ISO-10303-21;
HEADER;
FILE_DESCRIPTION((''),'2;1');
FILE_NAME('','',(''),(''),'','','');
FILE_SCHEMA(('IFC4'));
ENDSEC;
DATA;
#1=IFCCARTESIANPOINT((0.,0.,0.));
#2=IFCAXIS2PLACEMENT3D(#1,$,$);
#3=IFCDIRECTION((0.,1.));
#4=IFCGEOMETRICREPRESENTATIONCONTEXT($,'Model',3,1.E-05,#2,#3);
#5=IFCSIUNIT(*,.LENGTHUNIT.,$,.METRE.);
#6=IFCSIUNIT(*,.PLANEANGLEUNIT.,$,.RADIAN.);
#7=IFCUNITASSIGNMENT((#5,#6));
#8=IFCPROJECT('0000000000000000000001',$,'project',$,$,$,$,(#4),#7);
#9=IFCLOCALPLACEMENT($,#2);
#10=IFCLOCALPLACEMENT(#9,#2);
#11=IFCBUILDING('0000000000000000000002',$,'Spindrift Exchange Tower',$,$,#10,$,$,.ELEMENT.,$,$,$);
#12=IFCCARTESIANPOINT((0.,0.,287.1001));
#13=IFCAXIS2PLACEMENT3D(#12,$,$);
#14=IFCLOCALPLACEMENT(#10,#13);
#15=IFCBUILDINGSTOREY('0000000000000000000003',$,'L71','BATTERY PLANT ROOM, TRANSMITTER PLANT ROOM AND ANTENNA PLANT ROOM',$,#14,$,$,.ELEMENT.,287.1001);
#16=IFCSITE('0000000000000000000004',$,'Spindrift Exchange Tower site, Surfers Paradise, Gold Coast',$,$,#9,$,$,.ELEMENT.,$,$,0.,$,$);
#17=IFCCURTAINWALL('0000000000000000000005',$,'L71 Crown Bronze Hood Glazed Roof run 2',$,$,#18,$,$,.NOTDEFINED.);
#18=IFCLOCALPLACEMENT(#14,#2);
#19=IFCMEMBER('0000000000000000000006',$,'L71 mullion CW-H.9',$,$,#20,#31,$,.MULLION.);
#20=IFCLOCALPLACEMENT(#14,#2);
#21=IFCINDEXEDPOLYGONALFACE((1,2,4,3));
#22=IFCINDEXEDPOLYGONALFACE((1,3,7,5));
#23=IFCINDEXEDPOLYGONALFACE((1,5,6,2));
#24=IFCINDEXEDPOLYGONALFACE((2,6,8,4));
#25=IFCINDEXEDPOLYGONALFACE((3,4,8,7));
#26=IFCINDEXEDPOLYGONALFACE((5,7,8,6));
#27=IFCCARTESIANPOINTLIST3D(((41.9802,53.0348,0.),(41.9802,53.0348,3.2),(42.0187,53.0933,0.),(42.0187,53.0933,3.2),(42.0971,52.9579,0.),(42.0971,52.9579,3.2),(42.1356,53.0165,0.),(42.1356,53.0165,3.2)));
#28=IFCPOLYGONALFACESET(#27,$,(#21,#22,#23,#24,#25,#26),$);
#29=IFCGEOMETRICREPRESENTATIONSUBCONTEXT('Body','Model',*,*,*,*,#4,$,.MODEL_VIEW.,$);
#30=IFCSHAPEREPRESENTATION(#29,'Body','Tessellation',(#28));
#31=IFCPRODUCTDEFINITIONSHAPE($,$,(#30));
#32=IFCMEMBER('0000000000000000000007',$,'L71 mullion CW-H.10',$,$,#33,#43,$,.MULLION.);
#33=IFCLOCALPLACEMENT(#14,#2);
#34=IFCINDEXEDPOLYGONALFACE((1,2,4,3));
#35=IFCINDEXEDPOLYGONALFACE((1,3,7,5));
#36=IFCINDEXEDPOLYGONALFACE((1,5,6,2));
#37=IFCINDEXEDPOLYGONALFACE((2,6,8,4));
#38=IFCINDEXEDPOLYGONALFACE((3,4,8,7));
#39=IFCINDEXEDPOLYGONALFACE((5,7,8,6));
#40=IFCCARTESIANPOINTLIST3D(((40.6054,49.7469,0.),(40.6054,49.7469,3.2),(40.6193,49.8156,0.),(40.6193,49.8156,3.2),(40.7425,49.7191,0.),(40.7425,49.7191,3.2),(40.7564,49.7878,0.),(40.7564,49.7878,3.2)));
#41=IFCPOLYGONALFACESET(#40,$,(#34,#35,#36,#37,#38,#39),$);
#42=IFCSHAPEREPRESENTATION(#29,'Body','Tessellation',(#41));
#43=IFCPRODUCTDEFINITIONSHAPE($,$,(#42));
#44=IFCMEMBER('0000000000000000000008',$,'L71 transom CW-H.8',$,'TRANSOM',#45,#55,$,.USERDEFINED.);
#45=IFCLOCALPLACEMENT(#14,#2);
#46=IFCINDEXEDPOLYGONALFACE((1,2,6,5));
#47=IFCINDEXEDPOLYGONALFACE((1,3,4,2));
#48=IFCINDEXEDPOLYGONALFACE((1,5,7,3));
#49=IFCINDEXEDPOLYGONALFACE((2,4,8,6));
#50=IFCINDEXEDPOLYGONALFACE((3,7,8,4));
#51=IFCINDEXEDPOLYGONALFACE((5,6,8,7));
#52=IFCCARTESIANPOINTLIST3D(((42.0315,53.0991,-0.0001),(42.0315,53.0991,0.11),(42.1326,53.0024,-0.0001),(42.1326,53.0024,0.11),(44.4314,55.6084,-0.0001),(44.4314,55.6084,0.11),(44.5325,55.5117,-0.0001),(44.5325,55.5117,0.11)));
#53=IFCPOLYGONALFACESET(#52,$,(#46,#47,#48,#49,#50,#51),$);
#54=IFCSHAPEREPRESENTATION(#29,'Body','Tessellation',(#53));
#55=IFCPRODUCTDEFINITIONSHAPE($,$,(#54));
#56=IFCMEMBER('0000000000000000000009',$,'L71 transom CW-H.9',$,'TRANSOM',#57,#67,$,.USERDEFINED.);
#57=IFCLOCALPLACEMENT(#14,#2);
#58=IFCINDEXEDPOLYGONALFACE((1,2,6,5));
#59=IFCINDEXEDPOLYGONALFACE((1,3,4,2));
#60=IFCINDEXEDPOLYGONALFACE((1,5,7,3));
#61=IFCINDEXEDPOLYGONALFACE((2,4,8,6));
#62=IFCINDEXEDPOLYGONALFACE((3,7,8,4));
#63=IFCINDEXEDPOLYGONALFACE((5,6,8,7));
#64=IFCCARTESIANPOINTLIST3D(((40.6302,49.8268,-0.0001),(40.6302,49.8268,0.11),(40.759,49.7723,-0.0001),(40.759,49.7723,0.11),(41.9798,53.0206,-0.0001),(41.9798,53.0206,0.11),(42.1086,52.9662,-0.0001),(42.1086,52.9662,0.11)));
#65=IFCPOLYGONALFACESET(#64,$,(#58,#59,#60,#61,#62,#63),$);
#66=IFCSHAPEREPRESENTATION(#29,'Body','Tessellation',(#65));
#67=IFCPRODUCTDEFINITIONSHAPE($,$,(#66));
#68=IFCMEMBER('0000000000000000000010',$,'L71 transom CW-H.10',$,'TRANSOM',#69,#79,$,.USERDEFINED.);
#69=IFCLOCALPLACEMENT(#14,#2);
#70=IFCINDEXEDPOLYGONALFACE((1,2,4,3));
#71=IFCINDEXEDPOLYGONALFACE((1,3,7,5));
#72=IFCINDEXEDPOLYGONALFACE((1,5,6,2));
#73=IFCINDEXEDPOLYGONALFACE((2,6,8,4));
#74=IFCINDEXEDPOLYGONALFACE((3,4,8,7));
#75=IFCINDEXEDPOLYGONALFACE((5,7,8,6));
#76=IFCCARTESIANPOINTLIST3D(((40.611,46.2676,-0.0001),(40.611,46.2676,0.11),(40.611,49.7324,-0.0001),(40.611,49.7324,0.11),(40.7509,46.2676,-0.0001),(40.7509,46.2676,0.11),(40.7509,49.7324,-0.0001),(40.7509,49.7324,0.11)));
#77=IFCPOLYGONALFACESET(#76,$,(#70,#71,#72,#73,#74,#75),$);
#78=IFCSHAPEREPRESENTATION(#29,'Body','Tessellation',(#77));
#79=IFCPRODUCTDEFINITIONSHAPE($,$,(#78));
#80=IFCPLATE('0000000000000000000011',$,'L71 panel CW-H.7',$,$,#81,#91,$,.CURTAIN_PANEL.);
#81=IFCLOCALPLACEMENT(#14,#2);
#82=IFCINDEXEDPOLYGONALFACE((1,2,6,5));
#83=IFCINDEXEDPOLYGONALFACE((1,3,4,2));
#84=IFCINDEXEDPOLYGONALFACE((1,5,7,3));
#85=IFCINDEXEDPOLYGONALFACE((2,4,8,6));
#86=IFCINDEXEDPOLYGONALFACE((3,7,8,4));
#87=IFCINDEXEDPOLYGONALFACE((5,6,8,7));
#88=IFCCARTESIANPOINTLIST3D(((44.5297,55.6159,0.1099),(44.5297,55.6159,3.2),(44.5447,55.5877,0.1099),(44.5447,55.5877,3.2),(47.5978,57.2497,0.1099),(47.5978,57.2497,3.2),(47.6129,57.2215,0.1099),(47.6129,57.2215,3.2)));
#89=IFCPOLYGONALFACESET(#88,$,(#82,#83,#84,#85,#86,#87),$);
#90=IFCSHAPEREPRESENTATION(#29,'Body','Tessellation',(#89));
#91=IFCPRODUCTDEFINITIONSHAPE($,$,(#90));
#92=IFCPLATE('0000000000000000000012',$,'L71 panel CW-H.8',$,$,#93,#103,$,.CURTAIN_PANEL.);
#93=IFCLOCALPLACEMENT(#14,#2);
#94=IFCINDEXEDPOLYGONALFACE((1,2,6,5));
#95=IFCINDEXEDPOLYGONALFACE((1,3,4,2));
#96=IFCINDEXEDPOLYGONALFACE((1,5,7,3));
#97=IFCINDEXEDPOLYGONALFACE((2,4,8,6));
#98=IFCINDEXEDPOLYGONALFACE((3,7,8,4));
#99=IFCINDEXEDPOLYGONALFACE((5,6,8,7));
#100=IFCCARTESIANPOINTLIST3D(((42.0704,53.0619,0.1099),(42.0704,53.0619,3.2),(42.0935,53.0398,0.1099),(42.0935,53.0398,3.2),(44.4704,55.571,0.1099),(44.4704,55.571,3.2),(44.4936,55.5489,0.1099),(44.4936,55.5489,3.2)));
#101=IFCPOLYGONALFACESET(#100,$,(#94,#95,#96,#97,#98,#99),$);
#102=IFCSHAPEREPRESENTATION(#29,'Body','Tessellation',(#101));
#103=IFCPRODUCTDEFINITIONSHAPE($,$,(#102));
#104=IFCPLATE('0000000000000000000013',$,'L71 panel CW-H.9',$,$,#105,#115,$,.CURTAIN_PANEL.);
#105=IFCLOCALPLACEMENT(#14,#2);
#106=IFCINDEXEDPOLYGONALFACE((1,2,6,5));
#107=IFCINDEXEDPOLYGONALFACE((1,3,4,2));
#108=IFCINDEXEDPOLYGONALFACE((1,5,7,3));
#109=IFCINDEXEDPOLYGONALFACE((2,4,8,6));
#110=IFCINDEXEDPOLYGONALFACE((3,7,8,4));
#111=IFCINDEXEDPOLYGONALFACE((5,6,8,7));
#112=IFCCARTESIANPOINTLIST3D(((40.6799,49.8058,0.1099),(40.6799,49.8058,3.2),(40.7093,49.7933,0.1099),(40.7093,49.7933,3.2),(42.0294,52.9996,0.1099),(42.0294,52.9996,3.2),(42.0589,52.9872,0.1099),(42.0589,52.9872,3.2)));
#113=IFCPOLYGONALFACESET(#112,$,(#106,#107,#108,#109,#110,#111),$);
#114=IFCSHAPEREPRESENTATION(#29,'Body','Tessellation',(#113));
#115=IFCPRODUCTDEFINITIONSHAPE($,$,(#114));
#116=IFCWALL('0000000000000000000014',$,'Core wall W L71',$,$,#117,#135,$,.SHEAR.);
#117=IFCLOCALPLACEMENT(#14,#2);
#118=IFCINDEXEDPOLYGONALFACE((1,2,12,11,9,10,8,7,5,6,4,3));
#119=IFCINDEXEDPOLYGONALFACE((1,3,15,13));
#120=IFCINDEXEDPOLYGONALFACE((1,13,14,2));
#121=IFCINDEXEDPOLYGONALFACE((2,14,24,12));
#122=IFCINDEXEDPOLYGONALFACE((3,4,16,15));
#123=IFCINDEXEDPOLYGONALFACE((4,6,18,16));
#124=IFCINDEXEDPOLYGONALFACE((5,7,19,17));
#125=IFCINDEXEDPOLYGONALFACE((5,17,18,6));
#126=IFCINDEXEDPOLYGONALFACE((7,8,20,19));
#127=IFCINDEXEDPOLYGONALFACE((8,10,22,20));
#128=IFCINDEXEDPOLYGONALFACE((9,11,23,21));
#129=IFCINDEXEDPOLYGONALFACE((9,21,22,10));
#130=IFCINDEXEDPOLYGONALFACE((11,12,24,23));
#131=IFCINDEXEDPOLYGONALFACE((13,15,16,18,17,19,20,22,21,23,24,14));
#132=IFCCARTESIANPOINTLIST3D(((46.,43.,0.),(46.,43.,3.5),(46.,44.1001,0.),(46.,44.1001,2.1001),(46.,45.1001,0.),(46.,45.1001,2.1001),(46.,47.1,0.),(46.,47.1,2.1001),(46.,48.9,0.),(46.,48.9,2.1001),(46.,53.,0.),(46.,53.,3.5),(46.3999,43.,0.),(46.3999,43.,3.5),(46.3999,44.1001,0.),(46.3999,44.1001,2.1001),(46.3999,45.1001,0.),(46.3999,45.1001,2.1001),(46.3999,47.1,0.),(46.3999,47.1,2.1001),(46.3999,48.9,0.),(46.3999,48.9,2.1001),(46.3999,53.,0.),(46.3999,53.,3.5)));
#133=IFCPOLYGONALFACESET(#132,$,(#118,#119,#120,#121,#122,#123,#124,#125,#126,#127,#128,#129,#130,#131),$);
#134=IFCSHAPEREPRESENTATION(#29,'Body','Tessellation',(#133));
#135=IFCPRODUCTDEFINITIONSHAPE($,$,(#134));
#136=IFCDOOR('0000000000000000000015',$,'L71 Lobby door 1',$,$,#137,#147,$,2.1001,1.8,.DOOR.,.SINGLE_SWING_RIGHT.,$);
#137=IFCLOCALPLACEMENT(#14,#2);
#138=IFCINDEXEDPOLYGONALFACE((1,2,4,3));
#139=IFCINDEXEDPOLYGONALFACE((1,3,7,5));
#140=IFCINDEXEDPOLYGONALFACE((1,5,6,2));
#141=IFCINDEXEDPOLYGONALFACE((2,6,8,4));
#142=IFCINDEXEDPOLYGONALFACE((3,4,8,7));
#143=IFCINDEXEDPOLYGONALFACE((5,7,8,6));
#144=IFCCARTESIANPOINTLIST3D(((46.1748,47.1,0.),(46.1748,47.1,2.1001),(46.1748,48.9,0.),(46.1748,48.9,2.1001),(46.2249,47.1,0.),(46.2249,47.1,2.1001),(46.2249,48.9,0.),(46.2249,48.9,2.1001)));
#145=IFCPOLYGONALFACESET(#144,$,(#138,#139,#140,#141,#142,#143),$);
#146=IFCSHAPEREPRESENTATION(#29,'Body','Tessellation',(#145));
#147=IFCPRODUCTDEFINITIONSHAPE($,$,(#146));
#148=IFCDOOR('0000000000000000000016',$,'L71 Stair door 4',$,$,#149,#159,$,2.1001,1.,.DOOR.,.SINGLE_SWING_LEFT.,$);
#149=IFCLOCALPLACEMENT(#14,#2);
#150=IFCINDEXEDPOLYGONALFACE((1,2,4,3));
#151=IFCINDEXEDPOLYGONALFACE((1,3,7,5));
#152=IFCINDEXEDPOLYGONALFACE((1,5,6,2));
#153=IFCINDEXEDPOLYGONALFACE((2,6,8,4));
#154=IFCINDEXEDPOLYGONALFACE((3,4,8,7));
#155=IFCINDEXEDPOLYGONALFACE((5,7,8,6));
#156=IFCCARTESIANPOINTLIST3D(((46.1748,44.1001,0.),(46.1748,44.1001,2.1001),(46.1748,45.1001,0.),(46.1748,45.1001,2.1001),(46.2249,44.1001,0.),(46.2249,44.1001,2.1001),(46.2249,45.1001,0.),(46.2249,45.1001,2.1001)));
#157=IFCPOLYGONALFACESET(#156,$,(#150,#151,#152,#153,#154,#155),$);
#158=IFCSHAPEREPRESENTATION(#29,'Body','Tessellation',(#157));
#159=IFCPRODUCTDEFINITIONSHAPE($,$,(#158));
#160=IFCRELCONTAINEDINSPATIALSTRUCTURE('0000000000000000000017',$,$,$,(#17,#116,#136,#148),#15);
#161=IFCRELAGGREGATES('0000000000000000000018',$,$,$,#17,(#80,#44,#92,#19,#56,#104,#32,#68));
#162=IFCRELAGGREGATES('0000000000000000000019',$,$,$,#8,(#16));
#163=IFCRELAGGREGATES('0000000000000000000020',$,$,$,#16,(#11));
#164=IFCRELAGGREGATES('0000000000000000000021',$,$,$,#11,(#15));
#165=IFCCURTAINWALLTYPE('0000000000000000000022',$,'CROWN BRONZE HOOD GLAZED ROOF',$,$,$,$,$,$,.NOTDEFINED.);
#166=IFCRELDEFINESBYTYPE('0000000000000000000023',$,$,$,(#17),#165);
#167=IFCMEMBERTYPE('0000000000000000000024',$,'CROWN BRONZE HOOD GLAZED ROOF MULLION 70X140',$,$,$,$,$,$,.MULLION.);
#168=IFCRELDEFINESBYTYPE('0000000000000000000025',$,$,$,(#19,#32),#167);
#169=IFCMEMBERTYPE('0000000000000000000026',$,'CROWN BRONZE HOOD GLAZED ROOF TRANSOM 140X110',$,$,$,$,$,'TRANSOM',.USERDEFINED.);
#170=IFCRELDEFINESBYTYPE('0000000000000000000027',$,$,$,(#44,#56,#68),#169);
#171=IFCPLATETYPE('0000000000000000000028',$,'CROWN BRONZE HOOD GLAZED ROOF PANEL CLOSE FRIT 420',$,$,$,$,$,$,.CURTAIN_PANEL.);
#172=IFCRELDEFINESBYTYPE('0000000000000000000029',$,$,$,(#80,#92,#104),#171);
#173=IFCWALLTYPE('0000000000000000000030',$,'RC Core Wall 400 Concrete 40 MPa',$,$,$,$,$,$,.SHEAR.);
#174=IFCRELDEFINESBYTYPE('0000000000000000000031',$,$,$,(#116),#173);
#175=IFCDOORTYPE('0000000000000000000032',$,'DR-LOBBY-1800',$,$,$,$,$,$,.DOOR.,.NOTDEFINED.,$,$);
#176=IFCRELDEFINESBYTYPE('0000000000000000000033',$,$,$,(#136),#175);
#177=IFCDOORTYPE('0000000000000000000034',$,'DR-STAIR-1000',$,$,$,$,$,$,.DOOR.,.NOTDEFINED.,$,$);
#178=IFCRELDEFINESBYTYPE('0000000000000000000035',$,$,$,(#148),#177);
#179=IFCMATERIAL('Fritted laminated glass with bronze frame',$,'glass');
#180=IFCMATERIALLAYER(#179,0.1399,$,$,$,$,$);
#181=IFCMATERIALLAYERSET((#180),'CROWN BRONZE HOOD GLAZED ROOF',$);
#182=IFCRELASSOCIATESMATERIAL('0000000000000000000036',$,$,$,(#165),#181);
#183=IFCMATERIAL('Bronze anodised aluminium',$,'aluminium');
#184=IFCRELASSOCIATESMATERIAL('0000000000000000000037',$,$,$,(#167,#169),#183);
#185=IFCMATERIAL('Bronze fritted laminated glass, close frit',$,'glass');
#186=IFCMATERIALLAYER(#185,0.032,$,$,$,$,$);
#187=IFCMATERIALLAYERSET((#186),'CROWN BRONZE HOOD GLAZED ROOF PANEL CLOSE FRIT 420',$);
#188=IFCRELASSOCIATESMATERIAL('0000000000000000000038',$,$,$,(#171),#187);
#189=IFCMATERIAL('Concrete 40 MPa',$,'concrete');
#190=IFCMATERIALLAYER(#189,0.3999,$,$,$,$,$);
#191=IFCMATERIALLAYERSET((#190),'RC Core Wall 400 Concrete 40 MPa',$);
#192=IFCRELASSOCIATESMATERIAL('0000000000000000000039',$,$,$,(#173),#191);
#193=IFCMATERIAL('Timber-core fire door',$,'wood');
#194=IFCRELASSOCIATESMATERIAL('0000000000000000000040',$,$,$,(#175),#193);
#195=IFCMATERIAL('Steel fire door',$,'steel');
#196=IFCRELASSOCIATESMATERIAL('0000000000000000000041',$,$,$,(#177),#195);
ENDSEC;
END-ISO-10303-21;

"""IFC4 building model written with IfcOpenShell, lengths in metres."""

from ifc_helpers import new_model, si_unit, direction, frame, frame_2d, origin, origin_2d, place, context, subcontext, project, spatial, rectangle, extrude, source, transform, mapped, material, layer, layer_set, material_profile, profile_set, type_object, element, fill, aggregate, save


model = new_model("IFC4")

# Units and contexts
model_context = context("Model", 3, precision=1e-05, world=origin(), true_north=direction((0.0, 1.0)))
body_context = subcontext(model_context, "Body", "Model", "MODEL_VIEW")
ifc_project = project(units=[si_unit("LENGTHUNIT", "METRE"), si_unit("PLANEANGLEUNIT", "RADIAN")], contexts=[model_context])

# Site, building, storey
site_placement = place(None, origin())
site = spatial("IfcSite", under=ifc_project, at=site_placement, Name="Spindrift Exchange Tower site, Surfers Paradise, Gold Coast", CompositionType="ELEMENT", RefElevation=0.0)
building_placement = place(site_placement, origin())
building = spatial("IfcBuilding", under=site, at=building_placement, Name="Spindrift Exchange Tower", CompositionType="ELEMENT")
storey_placement = place(building_placement, frame((0.0, 0.0, 287.1001)))
storey = spatial("IfcBuildingStorey", under=building, at=storey_placement, Name="L71", Description="BATTERY PLANT ROOM, TRANSMITTER PLANT ROOM AND ANTENNA PLANT ROOM", CompositionType="ELEMENT", Elevation=287.1001)

# Shared definitions
ifc_material_1 = material(Name="Concrete 40 MPa", Category="concrete")

# Curtain wall, members, plates
ifc_material_2 = material(Name="Fritted laminated glass with bronze frame", Category="glass")
ifc_layer_1 = layer(ifc_material_2, 0.1399)
ifc_layer_set_1 = layer_set([ifc_layer_1], Name="CROWN BRONZE HOOD GLAZED ROOF")
curtain_wall_type = type_object("IfcCurtainWallType", Name="CROWN BRONZE HOOD GLAZED ROOF", PredefinedType="NOTDEFINED", material=ifc_layer_set_1)
curtain_wall_placement = place(storey_placement, origin())
curtain_wall = element("IfcCurtainWall", 1, at=curtain_wall_placement, inside=storey, type_object=curtain_wall_type, Name="L71 Crown Bronze Hood Glazed Roof run 2", PredefinedType="NOTDEFINED")
ifc_material_3 = material(Name="Bronze anodised aluminium", Category="aluminium")
ifc_material_profile_1 = material_profile(ifc_material_3, rectangle(XDim=0.0701, YDim=0.1399, at=origin_2d()), Name="CROWN BRONZE HOOD GLAZED ROOF MULLION 70X140")
ifc_profile_set_1 = profile_set([ifc_material_profile_1], Name="Bronze anodised aluminium")
member_type_1 = type_object("IfcMemberType", Name="CROWN BRONZE HOOD GLAZED ROOF MULLION 70X140", PredefinedType="MULLION", material=ifc_profile_set_1)
shared_shape_1 = source(origin(), body_context, "Body", "SweptSolid", [
    extrude(rectangle(XDim=0.0701, YDim=0.1399, at=origin_2d()), origin(), (0.0, 0.0, 1.0), 3.2),
])
member_1_placement = place(storey_placement, frame((42.0579, 53.0256, 0.0), z_axis=(0.0, 0.0, 1.0), x_axis=(-0.549267, -0.835647, 0.0)))
member_1 = element("IfcMember", 2, at=member_1_placement, type_object=member_type_1, Name="L71 mullion CW-H.9", PredefinedType="MULLION", context=body_context, shape_type="MappedRepresentation", body=[
    mapped(shared_shape_1, transform((0.0, 0.0, 0.0), scale=1.0)),
])
member_2_placement = place(storey_placement, frame((40.6809, 49.7673, 0.0), z_axis=(0.0, 0.0, 1.0), x_axis=(-0.198569, -0.980087, 0.0)))
member_2 = element("IfcMember", 3, at=member_2_placement, type_object=member_type_1, Name="L71 mullion CW-H.10", PredefinedType="MULLION", context=body_context, shape_type="MappedRepresentation", body=[
    mapped(shared_shape_1, transform((0.0, 0.0, 0.0), scale=1.0)),
])
ifc_material_profile_2 = material_profile(ifc_material_3, rectangle(XDim=0.1399, YDim=0.1101, at=origin_2d()), Name="CROWN BRONZE HOOD GLAZED ROOF TRANSOM 140X110")
ifc_profile_set_2 = profile_set([ifc_material_profile_2], Name="Bronze anodised aluminium")
member_type_2 = type_object("IfcMemberType", Name="CROWN BRONZE HOOD GLAZED ROOF TRANSOM 140X110", ElementType="TRANSOM", PredefinedType="USERDEFINED", material=ifc_profile_set_2)
shared_shape_2 = source(origin(), body_context, "Body", "SweptSolid", [
    extrude(rectangle(XDim=0.1399, YDim=0.1101, at=origin_2d()), origin(), (0.0, 0.0, 1.0), 3.4722),
])
member_3_placement = place(storey_placement, frame((44.4819, 55.5601, 0.0549), z_axis=(-0.691181, -0.722682, 0.0), x_axis=(0.722682, -0.691181, 0.0)))
member_3 = element("IfcMember", 4, at=member_3_placement, type_object=member_type_2, Name="L71 transom CW-H.8", ObjectType="TRANSOM", PredefinedType="USERDEFINED", context=body_context, shape_type="MappedRepresentation", body=[
    mapped(shared_shape_2, transform((0.0, 0.0, 0.0), scale=1.0)),
])
shared_shape_3 = source(origin(), body_context, "Body", "SweptSolid", [
    extrude(rectangle(XDim=0.1399, YDim=0.1101, at=origin_2d()), origin(), (0.0, 0.0, 1.0), 3.4673),
])
member_4_placement = place(storey_placement, frame((42.0442, 52.9934, 0.0549), z_axis=(-0.38924, -0.921136, 0.0), x_axis=(0.921136, -0.38924, 0.0)))
member_4 = element("IfcMember", 5, at=member_4_placement, type_object=member_type_2, Name="L71 transom CW-H.9", ObjectType="TRANSOM", PredefinedType="USERDEFINED", context=body_context, shape_type="MappedRepresentation", body=[
    mapped(shared_shape_3, transform((0.0, 0.0, 0.0), scale=1.0)),
])
shared_shape_4 = source(origin(), body_context, "Body", "SweptSolid", [
    extrude(rectangle(XDim=0.1399, YDim=0.1101, at=origin_2d()), origin(), (0.0, 0.0, 1.0), 3.4648),
])
member_5_placement = place(storey_placement, frame((40.6809, 49.7324, 0.0549), z_axis=(0.0, -1.0, 0.0), x_axis=(1.0, 0.0, 0.0)))
member_5 = element("IfcMember", 6, at=member_5_placement, type_object=member_type_2, Name="L71 transom CW-H.10", ObjectType="TRANSOM", PredefinedType="USERDEFINED", context=body_context, shape_type="MappedRepresentation", body=[
    mapped(shared_shape_4, transform((0.0, 0.0, 0.0), scale=1.0)),
])
ifc_material_4 = material(Name="Bronze fritted laminated glass, close frit", Category="glass")
ifc_layer_2 = layer(ifc_material_4, 0.032)
ifc_layer_set_2 = layer_set([ifc_layer_2], Name="CROWN BRONZE HOOD GLAZED ROOF PANEL CLOSE FRIT 420")
plate_type = type_object("IfcPlateType", Name="CROWN BRONZE HOOD GLAZED ROOF PANEL CLOSE FRIT 420", PredefinedType="CURTAIN_PANEL", material=ifc_layer_set_2)
shared_shape_5 = source(origin(), body_context, "Body", "SweptSolid", [
    extrude(rectangle(XDim=3.4761, YDim=0.032, at=origin_2d()), origin(), (0.0, 0.0, 1.0), 3.0901),
])
plate_1_placement = place(storey_placement, frame((46.0713, 56.4187, 0.1099), z_axis=(0.0, 0.0, 1.0), x_axis=(-0.882649, -0.470032, 0.0)))
plate_1 = element("IfcPlate", 7, at=plate_1_placement, type_object=plate_type, Name="L71 panel CW-H.7", PredefinedType="CURTAIN_PANEL", context=body_context, shape_type="MappedRepresentation", body=[
    mapped(shared_shape_5, transform((0.0, 0.0, 0.0), scale=1.0)),
])
shared_shape_6 = source(origin(), body_context, "Body", "SweptSolid", [
    extrude(rectangle(XDim=3.4722, YDim=0.032, at=origin_2d()), origin(), (0.0, 0.0, 1.0), 3.0901),
])
plate_2_placement = place(storey_placement, frame((43.282, 54.3054, 0.1099), z_axis=(0.0, 0.0, 1.0), x_axis=(-0.691222, -0.722643, 0.0)))
plate_2 = element("IfcPlate", 8, at=plate_2_placement, type_object=plate_type, Name="L71 panel CW-H.8", PredefinedType="CURTAIN_PANEL", context=body_context, shape_type="MappedRepresentation", body=[
    mapped(shared_shape_6, transform((0.0, 0.0, 0.0), scale=1.0)),
])
shared_shape_7 = source(origin(), body_context, "Body", "SweptSolid", [
    extrude(rectangle(XDim=3.4673, YDim=0.032, at=origin_2d()), origin(), (0.0, 0.0, 1.0), 3.0901),
])
plate_3_placement = place(storey_placement, frame((41.3694, 51.3965, 0.1099), z_axis=(0.0, 0.0, 1.0), x_axis=(-0.38923, -0.921141, 0.0)))
plate_3 = element("IfcPlate", 9, at=plate_3_placement, type_object=plate_type, Name="L71 panel CW-H.9", PredefinedType="CURTAIN_PANEL", context=body_context, shape_type="MappedRepresentation", body=[
    mapped(shared_shape_7, transform((0.0, 0.0, 0.0), scale=1.0)),
])
aggregate(curtain_wall, [plate_1, member_3, plate_2, member_1, member_4, plate_3, member_2, member_5])

# Wall, openings, doors
ifc_layer_3 = layer(ifc_material_1, 0.3999)
ifc_layer_set_3 = layer_set([ifc_layer_3], Name="RC Core Wall 400 Concrete 40 MPa")
wall_type_1 = type_object("IfcWallType", Name="RC Core Wall 400 Concrete 40 MPa", PredefinedType="SHEAR", material=ifc_layer_set_3)
wall_1_placement = place(storey_placement, frame((46.2, 53.0, 0.0), z_axis=(0.0, 0.0, 1.0), x_axis=(0.0, -1.0, 0.0)))
wall_1 = element("IfcWall", 10, at=wall_1_placement, inside=storey, type_object=wall_type_1, Name="Core wall W L71", PredefinedType="SHEAR", context=body_context, shape_type="SweptSolid", body=[
    extrude(rectangle(XDim=10.0, YDim=0.3999, at=frame_2d((5.0, 0.0))), origin(), (0.0, 0.0, 1.0), 3.5),
])
opening_1_placement = place(wall_1_placement, frame((4.1001, 0.0, 0.0)))
opening_1 = element("IfcOpeningElement", 11, at=opening_1_placement, cuts=wall_1, PredefinedType="OPENING", context=body_context, shape_type="SweptSolid", body=[
    extrude(rectangle(XDim=1.8, YDim=2.1001, at=frame_2d((0.8999, 1.05))), frame((0.0, 0.21, 0.0), z_axis=(0.0, -1.0, 0.0), x_axis=(1.0, 0.0, 0.0)), (0.0, 0.0, 1.0), 0.4199),
])
opening_2_placement = place(wall_1_placement, frame((7.8999, 0.0, 0.0)))
opening_2 = element("IfcOpeningElement", 12, at=opening_2_placement, cuts=wall_1, PredefinedType="OPENING", context=body_context, shape_type="SweptSolid", body=[
    extrude(rectangle(XDim=1.0, YDim=2.1001, at=frame_2d((0.5, 1.05))), frame((0.0, 0.21, 0.0), z_axis=(0.0, -1.0, 0.0), x_axis=(1.0, 0.0, 0.0)), (0.0, 0.0, 1.0), 0.4199),
])
ifc_material_5 = material(Name="Timber-core fire door", Category="wood")
door_type_1 = type_object("IfcDoorType", Name="DR-LOBBY-1800", OperationType="NOTDEFINED", PredefinedType="DOOR", material=ifc_material_5)
shared_shape_8 = source(origin(), body_context, "Body", "SweptSolid", [
    extrude(rectangle(XDim=1.8, YDim=2.1001, at=frame_2d((0.8999, 1.05))), frame((0.0, 0.0249, 0.0), z_axis=(0.0, -1.0, 0.0), x_axis=(1.0, 0.0, 0.0)), (0.0, 0.0, 1.0), 0.05),
])
door_1_placement = place(opening_1_placement, origin())
door_1 = element("IfcDoor", 13, at=door_1_placement, inside=storey, type_object=door_type_1, Name="L71 Lobby door 1", OperationType="SINGLE_SWING_RIGHT", OverallHeight=2.1001, OverallWidth=1.8, PredefinedType="DOOR", context=body_context, shape_type="MappedRepresentation", body=[
    mapped(shared_shape_8, transform((0.0, 0.0, 0.0), scale=1.0)),
])
fill(opening_1, door_1)
ifc_material_6 = material(Name="Steel fire door", Category="steel")
door_type_2 = type_object("IfcDoorType", Name="DR-STAIR-1000", OperationType="NOTDEFINED", PredefinedType="DOOR", material=ifc_material_6)
shared_shape_9 = source(origin(), body_context, "Body", "SweptSolid", [
    extrude(rectangle(XDim=1.0, YDim=2.1001, at=frame_2d((0.5, 1.05))), frame((0.0, 0.0249, 0.0), z_axis=(0.0, -1.0, 0.0), x_axis=(1.0, 0.0, 0.0)), (0.0, 0.0, 1.0), 0.05),
])
door_2_placement = place(opening_2_placement, origin())
door_2 = element("IfcDoor", 14, at=door_2_placement, inside=storey, type_object=door_type_2, Name="L71 Stair door 4", OperationType="SINGLE_SWING_LEFT", OverallHeight=2.1001, OverallWidth=1.0, PredefinedType="DOOR", context=body_context, shape_type="MappedRepresentation", body=[
    mapped(shared_shape_9, transform((0.0, 0.0, 0.0), scale=1.0)),
])
fill(opening_2, door_2)

save(model, "model.ifc")
